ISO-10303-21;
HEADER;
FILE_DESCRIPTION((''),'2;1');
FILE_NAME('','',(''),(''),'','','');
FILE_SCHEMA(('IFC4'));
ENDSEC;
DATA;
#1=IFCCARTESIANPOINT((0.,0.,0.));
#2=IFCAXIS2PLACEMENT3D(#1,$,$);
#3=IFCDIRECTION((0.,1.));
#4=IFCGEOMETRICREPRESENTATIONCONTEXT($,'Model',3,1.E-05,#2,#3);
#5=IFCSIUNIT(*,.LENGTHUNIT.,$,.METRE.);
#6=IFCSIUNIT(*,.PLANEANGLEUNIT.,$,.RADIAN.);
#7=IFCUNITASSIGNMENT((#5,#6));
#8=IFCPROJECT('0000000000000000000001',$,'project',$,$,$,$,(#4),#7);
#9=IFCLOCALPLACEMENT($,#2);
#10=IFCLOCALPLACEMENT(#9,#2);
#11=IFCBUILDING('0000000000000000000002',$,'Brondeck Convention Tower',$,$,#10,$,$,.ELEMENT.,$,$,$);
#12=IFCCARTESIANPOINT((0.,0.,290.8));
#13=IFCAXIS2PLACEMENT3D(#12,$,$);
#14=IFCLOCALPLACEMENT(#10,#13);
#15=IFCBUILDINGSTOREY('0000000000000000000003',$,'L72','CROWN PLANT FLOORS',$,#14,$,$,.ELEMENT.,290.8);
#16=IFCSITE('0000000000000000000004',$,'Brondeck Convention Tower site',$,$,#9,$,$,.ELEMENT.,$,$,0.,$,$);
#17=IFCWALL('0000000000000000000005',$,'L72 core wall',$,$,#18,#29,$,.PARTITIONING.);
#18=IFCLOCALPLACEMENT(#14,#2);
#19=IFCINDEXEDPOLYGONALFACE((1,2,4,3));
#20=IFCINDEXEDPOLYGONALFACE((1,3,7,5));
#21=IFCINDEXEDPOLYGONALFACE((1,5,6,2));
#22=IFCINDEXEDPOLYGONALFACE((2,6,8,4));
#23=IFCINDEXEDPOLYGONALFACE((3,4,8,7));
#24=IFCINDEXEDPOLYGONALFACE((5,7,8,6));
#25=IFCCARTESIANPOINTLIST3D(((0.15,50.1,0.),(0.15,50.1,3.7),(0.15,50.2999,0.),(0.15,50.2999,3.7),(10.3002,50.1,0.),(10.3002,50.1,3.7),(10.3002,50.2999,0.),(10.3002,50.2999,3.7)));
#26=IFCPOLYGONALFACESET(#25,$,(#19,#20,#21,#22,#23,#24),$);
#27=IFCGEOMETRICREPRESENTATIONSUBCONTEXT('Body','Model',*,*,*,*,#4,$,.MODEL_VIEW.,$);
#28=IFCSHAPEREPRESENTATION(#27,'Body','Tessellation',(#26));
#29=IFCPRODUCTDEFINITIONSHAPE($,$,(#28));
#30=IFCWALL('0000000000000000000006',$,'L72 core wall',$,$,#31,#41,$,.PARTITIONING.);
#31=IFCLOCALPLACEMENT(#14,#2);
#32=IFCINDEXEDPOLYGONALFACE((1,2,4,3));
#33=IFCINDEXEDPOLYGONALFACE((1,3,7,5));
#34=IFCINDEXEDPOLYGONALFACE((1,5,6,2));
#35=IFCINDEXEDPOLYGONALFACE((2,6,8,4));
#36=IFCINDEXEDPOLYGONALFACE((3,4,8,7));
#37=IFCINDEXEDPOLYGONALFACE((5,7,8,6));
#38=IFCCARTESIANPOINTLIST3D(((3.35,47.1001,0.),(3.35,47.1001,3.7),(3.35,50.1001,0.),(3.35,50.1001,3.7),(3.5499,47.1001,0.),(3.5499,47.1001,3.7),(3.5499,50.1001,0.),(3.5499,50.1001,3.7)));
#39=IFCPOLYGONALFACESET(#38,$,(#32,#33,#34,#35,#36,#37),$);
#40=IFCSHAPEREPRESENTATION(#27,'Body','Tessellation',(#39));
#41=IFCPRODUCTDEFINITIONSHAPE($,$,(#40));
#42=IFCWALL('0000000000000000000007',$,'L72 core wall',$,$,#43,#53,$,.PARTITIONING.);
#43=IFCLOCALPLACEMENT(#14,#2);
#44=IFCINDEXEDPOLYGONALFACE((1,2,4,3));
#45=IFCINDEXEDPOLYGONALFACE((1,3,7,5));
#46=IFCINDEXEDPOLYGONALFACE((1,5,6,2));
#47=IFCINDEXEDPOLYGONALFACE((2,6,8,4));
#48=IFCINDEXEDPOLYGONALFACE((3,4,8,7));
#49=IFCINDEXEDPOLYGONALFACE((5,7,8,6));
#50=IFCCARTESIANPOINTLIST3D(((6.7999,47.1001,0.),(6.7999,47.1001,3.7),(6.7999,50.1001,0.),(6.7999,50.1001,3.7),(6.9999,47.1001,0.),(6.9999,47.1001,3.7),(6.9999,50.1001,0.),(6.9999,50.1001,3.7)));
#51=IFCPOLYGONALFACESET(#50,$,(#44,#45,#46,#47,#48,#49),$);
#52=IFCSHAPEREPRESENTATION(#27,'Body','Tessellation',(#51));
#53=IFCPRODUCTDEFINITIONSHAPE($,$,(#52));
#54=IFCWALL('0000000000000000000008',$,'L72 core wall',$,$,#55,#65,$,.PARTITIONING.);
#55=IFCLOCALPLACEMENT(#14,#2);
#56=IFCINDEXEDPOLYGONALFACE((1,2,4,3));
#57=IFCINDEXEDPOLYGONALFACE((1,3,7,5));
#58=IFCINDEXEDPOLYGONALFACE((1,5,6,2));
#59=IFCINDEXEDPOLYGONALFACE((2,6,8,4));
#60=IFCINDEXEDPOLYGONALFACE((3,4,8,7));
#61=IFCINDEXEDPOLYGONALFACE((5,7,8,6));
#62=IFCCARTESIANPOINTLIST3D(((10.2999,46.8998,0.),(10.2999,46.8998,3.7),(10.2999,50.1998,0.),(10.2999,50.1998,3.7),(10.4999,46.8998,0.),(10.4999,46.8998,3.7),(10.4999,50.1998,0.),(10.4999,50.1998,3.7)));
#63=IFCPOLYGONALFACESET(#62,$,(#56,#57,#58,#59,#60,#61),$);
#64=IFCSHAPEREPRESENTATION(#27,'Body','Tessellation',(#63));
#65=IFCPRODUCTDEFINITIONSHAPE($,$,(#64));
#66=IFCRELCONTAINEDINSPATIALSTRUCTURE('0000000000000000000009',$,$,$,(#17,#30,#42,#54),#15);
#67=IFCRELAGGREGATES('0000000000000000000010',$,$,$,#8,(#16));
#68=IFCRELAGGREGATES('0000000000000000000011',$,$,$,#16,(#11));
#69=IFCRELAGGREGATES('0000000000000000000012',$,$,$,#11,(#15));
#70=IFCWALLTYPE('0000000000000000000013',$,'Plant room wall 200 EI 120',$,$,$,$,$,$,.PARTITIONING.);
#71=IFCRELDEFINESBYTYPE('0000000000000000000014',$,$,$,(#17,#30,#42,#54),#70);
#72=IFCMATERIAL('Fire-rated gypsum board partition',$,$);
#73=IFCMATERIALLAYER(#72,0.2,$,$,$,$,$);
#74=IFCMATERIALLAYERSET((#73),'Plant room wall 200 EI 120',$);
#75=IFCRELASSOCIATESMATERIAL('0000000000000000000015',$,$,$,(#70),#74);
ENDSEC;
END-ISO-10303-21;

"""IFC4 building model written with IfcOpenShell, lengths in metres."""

from ifc_helpers import new_model, si_unit, direction, frame, frame_2d, origin, place, context, subcontext, project, spatial, rectangle, extrude, material, layer, layer_set, type_object, element, save


model = new_model("IFC4")

# Units and contexts
model_context = context("Model", 3, precision=1e-05, world=origin(), true_north=direction((0.0, 1.0)))
body_context = subcontext(model_context, "Body", "Model", "MODEL_VIEW")
ifc_project = project(units=[si_unit("LENGTHUNIT", "METRE"), si_unit("PLANEANGLEUNIT", "RADIAN")], contexts=[model_context])

# Site, building, storey
site_placement = place(None, origin())
site = spatial("IfcSite", under=ifc_project, at=site_placement, Name="Brondeck Convention Tower site", CompositionType="ELEMENT", RefElevation=0.0)
building_placement = place(site_placement, origin())
building = spatial("IfcBuilding", under=site, at=building_placement, Name="Brondeck Convention Tower", CompositionType="ELEMENT")
storey_placement = place(building_placement, frame((0.0, 0.0, 290.8)))
storey = spatial("IfcBuildingStorey", under=building, at=storey_placement, Name="L72", Description="CROWN PLANT FLOORS", CompositionType="ELEMENT", Elevation=290.8)

# Shared definitions
ifc_material_1 = material(Name="Fire-rated gypsum board partition")

# Shared definitions
ifc_layer_1 = layer(ifc_material_1, 0.2)
ifc_layer_set_1 = layer_set([ifc_layer_1], Name="Plant room wall 200 EI 120")
wall_type_1 = type_object("IfcWallType", Name="Plant room wall 200 EI 120", PredefinedType="PARTITIONING", material=ifc_layer_set_1)

# Walls
wall_1_placement = place(storey_placement, frame((0.1499, 50.2, 0.0), z_axis=(0.0, 0.0, 1.0), x_axis=(1.0, 0.0, 0.0)))
element("IfcWall", 1, at=wall_1_placement, inside=storey, type_object=wall_type_1, Name="L72 core wall", PredefinedType="PARTITIONING", context=body_context, shape_type="SweptSolid", body=[
    extrude(rectangle(XDim=10.1501, YDim=0.2, at=frame_2d((5.0752, 0.0))), origin(), (0.0, 0.0, 1.0), 3.7),
])
for number, where, z_axis, x_axis, name in (
    (2, (3.45, 47.1001, 0.0), (0.0, 0.0, 1.0), (0.0, 1.0, 0.0), "L72 core wall"),
    (3, (6.8999, 47.1001, 0.0), (0.0, 0.0, 1.0), (0.0, 1.0, 0.0), "L72 core wall"),
):
    element("IfcWall", number, at=place(storey_placement, frame(where, z_axis=z_axis, x_axis=x_axis)), inside=storey, type_object=wall_type_1, Name=name, PredefinedType="PARTITIONING", context=body_context, shape_type="SweptSolid", body=[
        extrude(rectangle(XDim=3.0, YDim=0.2, at=frame_2d((1.5, 0.0))), origin(), (0.0, 0.0, 1.0), 3.7),
    ])
wall_2_placement = place(storey_placement, frame((10.3999, 46.8999, 0.0), z_axis=(0.0, 0.0, 1.0), x_axis=(0.0, 1.0, 0.0)))
element("IfcWall", 4, at=wall_2_placement, inside=storey, type_object=wall_type_1, Name="L72 core wall", PredefinedType="PARTITIONING", context=body_context, shape_type="SweptSolid", body=[
    extrude(rectangle(XDim=3.3, YDim=0.2, at=frame_2d((1.6499, 0.0))), origin(), (0.0, 0.0, 1.0), 3.7),
])

save(model, "model.ifc")
